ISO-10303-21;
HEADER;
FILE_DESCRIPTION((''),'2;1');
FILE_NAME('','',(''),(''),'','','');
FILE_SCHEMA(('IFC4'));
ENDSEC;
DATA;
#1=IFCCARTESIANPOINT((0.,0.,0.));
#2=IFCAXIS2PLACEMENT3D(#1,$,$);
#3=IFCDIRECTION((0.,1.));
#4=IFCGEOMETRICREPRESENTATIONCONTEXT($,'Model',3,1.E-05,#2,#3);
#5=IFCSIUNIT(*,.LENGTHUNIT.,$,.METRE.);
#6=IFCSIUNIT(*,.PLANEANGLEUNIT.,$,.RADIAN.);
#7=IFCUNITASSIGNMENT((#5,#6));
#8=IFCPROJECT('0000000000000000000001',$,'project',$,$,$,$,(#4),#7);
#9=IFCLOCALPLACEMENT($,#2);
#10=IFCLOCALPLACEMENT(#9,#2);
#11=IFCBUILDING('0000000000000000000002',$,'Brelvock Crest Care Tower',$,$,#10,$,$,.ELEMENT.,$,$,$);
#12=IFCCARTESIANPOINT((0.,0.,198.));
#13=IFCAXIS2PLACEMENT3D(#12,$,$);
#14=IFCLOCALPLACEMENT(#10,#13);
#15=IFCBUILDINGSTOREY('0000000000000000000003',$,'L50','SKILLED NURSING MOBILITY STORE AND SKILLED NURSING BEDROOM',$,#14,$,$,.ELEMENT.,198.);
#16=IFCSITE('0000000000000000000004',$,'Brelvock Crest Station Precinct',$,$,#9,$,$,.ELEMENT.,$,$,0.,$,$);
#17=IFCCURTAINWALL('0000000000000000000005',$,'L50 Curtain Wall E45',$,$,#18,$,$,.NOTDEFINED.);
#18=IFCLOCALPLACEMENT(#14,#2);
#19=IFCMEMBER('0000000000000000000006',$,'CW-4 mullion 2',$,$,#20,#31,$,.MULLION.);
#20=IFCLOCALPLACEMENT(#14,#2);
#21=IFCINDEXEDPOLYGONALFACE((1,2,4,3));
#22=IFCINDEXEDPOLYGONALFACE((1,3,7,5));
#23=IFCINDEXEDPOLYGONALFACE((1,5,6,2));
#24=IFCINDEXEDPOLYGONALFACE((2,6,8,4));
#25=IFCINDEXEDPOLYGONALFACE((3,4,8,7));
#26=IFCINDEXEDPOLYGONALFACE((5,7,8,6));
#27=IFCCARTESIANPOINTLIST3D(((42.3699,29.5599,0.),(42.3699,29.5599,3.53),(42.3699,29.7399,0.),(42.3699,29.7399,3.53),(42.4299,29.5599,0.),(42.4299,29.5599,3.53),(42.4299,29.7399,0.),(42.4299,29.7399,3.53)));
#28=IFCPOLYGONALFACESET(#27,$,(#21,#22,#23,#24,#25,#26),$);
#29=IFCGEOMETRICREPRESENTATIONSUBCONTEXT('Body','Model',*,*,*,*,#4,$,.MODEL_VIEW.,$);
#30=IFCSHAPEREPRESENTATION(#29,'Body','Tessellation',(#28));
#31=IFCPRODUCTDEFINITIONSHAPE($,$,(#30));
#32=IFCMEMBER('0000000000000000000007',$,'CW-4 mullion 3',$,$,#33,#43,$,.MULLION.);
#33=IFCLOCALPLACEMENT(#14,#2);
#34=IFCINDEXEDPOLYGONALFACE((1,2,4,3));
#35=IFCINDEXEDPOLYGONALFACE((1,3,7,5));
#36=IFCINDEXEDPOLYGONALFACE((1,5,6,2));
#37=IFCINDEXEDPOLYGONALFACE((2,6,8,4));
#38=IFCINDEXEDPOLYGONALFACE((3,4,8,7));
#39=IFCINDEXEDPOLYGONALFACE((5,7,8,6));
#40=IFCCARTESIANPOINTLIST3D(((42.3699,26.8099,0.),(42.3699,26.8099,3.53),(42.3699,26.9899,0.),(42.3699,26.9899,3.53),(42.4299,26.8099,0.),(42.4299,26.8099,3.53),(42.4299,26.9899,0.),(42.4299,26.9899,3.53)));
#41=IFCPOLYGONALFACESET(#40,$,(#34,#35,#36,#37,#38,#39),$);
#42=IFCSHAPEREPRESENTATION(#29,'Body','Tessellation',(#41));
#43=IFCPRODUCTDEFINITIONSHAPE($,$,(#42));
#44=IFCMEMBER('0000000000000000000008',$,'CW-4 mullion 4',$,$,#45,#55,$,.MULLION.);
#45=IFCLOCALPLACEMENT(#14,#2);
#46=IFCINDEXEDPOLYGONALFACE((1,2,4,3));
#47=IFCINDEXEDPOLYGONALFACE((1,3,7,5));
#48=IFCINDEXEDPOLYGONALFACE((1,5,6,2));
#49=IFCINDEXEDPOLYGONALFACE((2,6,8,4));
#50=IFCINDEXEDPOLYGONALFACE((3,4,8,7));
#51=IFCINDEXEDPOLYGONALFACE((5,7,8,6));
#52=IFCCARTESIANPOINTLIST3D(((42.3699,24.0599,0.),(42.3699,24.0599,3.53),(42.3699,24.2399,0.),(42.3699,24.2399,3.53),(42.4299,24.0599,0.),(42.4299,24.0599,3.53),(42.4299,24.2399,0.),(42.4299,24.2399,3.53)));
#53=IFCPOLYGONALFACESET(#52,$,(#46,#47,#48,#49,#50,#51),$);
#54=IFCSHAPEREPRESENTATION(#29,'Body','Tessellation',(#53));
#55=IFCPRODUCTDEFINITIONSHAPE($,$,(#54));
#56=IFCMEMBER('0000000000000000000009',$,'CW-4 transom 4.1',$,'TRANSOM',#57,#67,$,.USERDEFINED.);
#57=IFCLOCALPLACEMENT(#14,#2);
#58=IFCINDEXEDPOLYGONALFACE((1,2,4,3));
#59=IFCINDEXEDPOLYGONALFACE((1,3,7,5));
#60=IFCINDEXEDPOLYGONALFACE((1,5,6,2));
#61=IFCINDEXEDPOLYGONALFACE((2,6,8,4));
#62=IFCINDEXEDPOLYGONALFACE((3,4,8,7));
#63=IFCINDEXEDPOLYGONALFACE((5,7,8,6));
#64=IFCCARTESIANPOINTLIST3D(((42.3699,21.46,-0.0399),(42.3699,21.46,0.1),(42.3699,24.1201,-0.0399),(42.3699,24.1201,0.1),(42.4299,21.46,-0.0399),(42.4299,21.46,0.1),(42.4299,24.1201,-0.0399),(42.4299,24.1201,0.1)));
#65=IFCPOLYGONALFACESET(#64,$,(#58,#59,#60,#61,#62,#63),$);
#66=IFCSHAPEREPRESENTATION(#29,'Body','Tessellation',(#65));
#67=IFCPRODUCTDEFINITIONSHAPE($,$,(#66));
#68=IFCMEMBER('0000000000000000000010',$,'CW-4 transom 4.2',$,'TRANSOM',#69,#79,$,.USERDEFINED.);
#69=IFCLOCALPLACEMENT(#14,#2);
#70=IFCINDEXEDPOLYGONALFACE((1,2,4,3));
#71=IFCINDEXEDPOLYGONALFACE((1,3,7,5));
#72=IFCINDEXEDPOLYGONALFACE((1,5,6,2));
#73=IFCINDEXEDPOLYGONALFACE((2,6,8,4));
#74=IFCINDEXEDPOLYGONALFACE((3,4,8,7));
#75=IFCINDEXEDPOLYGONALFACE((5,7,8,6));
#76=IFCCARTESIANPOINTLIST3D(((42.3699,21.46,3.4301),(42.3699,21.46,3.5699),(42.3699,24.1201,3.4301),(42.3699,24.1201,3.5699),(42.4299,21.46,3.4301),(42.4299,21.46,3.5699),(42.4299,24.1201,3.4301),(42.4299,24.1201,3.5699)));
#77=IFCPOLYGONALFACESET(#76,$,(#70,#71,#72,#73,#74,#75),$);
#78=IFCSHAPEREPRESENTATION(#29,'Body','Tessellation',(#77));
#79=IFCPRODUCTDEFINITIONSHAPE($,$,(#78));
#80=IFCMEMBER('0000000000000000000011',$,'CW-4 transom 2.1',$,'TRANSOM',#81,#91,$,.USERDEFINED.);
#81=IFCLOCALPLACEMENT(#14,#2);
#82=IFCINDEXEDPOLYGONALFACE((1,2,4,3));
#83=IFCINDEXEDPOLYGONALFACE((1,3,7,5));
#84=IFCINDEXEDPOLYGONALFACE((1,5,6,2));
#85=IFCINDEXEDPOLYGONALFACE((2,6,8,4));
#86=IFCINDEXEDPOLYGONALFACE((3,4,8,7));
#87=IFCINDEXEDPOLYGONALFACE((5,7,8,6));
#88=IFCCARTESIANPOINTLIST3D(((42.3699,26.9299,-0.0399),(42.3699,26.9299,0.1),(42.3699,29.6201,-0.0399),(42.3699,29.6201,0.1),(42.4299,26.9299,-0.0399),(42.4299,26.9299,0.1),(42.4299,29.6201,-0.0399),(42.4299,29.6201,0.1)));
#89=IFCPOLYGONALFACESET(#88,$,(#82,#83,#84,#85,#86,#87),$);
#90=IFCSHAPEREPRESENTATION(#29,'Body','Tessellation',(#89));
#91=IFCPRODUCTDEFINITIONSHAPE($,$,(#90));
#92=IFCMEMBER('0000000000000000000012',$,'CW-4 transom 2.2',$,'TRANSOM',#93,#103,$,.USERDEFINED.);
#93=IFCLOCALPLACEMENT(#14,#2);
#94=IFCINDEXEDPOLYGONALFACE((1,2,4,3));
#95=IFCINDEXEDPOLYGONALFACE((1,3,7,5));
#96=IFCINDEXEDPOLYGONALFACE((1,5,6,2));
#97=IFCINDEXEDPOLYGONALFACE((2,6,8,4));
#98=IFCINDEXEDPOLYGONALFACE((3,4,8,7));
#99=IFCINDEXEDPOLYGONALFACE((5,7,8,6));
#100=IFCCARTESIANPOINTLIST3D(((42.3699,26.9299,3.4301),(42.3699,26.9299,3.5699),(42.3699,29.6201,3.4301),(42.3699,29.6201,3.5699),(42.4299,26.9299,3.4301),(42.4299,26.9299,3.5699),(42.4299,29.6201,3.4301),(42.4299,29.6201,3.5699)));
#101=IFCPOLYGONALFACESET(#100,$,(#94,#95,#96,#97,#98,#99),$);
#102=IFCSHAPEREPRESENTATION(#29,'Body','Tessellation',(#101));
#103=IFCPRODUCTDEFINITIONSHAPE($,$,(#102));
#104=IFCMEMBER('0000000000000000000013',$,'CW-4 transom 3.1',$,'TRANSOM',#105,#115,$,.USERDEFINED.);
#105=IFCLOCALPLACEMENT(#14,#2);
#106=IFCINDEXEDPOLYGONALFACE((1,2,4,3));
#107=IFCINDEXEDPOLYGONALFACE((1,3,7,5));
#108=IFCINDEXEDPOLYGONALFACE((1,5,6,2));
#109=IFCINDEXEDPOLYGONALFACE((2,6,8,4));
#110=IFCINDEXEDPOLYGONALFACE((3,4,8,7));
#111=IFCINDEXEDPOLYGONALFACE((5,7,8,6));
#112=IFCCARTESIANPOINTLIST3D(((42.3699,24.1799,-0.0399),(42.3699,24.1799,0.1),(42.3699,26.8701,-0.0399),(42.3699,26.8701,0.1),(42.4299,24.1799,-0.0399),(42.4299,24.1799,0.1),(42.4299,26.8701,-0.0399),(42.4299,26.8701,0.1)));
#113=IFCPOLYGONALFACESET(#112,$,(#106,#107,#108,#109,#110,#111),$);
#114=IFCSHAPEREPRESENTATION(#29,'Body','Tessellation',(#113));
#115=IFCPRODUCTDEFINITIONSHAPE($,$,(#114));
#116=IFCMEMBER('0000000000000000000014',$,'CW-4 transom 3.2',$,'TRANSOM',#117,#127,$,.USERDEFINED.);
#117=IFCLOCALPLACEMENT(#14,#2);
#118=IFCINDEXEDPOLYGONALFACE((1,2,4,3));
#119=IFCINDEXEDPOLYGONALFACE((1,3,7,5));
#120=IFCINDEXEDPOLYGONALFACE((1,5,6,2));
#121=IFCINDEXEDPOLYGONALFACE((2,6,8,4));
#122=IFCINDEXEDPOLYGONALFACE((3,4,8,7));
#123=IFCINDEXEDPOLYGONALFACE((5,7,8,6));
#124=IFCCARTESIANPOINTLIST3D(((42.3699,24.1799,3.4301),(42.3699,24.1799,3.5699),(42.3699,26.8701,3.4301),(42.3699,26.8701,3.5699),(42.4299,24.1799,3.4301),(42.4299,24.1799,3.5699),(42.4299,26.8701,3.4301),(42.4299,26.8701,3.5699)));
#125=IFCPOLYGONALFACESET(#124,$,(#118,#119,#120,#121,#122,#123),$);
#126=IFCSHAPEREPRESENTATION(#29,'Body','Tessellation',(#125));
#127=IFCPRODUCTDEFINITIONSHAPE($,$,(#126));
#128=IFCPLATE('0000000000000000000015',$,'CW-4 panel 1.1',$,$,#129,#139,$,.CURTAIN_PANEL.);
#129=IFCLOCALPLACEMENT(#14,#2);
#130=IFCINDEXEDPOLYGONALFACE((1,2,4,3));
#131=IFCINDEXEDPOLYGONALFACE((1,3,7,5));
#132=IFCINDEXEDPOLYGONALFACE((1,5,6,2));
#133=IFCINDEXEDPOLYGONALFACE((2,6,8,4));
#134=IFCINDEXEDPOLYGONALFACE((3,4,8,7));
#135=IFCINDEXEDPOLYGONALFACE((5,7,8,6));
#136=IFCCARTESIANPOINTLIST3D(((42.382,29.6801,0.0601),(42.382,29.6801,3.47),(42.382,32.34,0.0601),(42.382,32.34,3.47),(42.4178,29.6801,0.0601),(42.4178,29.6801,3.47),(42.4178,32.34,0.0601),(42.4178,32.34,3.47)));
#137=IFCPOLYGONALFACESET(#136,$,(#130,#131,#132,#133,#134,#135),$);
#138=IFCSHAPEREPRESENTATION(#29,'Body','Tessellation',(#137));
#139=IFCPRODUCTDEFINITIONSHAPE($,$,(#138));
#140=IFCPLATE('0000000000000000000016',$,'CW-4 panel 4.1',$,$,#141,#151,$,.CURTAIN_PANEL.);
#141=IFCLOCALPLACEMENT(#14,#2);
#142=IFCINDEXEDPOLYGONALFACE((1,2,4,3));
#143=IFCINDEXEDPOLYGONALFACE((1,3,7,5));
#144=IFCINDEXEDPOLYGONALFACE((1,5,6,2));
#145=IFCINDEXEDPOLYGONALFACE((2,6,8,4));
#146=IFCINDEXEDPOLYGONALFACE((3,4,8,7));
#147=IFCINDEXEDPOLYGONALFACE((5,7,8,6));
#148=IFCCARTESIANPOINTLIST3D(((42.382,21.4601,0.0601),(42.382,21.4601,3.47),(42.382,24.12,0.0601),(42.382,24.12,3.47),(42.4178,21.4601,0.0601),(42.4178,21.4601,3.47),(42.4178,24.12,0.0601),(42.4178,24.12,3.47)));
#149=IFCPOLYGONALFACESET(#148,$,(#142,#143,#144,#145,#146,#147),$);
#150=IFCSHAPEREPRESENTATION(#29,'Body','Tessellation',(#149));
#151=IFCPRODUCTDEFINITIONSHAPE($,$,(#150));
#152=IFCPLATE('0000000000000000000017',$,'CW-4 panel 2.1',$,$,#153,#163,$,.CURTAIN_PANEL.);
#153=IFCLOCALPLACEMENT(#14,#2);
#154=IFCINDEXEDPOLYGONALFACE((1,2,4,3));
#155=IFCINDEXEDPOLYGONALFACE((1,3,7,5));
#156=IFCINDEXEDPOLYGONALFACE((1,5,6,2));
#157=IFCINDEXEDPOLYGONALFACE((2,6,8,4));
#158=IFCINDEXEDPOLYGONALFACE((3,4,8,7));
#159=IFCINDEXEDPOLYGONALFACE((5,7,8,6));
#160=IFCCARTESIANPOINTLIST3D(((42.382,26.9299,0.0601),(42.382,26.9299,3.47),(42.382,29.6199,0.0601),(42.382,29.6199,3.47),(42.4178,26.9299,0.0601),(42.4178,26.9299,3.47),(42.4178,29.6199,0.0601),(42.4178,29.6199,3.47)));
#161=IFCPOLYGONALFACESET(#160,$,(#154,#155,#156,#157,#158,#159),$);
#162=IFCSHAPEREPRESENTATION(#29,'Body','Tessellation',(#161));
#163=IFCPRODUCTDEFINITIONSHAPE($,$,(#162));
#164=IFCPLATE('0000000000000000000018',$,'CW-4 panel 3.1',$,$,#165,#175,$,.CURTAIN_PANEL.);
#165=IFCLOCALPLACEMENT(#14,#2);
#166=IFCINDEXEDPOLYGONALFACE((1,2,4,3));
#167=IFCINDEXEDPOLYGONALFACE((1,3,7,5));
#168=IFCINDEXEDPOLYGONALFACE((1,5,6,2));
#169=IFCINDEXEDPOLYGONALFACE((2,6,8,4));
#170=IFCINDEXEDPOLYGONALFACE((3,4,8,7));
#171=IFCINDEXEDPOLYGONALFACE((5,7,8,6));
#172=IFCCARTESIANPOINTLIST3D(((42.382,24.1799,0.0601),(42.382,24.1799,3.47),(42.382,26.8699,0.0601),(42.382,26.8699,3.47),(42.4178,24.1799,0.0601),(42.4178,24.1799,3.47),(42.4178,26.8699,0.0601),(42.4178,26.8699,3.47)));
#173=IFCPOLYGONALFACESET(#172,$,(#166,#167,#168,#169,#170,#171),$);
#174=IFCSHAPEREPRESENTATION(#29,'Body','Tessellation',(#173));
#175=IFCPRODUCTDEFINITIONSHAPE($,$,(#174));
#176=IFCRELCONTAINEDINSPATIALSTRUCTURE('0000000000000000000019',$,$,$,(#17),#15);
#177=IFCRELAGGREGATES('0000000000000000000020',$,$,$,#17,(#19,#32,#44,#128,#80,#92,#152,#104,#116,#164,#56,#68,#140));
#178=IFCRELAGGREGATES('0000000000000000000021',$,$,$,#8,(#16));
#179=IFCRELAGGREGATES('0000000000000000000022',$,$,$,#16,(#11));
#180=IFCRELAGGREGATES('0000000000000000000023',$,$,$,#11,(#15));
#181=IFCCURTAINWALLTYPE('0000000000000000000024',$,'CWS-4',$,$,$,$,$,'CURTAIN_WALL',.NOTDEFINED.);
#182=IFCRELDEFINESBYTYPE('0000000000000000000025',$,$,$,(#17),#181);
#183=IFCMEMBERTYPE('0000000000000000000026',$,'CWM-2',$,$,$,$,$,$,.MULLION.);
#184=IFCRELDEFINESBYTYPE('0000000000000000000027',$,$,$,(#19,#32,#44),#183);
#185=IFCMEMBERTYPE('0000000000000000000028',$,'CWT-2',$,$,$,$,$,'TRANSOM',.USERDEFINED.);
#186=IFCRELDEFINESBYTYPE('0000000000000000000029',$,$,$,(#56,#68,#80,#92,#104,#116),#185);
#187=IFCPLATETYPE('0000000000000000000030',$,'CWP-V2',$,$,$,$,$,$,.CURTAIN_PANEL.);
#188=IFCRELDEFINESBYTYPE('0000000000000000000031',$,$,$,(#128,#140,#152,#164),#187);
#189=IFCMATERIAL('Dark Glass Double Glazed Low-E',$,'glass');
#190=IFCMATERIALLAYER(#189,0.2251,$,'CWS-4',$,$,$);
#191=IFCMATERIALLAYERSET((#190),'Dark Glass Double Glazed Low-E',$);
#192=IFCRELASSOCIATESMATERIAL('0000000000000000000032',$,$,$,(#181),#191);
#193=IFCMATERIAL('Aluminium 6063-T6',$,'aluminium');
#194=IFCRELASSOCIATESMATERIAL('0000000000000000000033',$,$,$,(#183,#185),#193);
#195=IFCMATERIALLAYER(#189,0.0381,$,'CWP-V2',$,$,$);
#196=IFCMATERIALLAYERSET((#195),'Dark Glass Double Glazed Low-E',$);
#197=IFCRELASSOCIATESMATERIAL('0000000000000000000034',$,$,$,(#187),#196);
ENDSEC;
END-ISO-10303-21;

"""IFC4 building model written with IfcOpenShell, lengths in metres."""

from ifc_helpers import new_model, si_unit, direction, frame, origin, origin_2d, place, context, subcontext, project, spatial, rectangle, extrude, source, transform, mapped, material, layer, layer_set, material_profile, profile_set, type_object, element, aggregate, save


model = new_model("IFC4")

# Units and contexts
model_context = context("Model", 3, precision=1e-05, world=origin(), true_north=direction((0.0, 1.0)))
body_context = subcontext(model_context, "Body", "Model", "MODEL_VIEW")
ifc_project = project(units=[si_unit("LENGTHUNIT", "METRE"), si_unit("PLANEANGLEUNIT", "RADIAN")], contexts=[model_context])

# Site, building, storey
site_placement = place(None, origin())
site = spatial("IfcSite", under=ifc_project, at=site_placement, Name="Brelvock Crest Station Precinct", CompositionType="ELEMENT", RefElevation=0.0)
building_placement = place(site_placement, origin())
building = spatial("IfcBuilding", under=site, at=building_placement, Name="Brelvock Crest Care Tower", CompositionType="ELEMENT")
storey_placement = place(building_placement, frame((0.0, 0.0, 198.0)))
storey = spatial("IfcBuildingStorey", under=building, at=storey_placement, Name="L50", Description="SKILLED NURSING MOBILITY STORE AND SKILLED NURSING BEDROOM", CompositionType="ELEMENT", Elevation=198.0)

# Curtain wall, members, plates
ifc_material_1 = material(Name="Dark Glass Double Glazed Low-E", Category="glass")
ifc_layer_1 = layer(ifc_material_1, 0.2251, Name="CWS-4")
ifc_layer_set_1 = layer_set([ifc_layer_1], Name="Dark Glass Double Glazed Low-E")
curtain_wall_type = type_object("IfcCurtainWallType", Name="CWS-4", ElementType="CURTAIN_WALL", PredefinedType="NOTDEFINED", material=ifc_layer_set_1)
curtain_wall_placement = place(storey_placement, origin())
curtain_wall = element("IfcCurtainWall", 1, at=curtain_wall_placement, inside=storey, type_object=curtain_wall_type, Name="L50 Curtain Wall E45", PredefinedType="NOTDEFINED")
ifc_material_2 = material(Name="Aluminium 6063-T6", Category="aluminium")
ifc_material_profile_1 = material_profile(ifc_material_2, rectangle(XDim=0.0601, YDim=0.1799, at=origin_2d()), Name="ALU60x180")
ifc_profile_set_1 = profile_set([ifc_material_profile_1], Name="Aluminium 6063-T6")
member_type_1 = type_object("IfcMemberType", Name="CWM-2", PredefinedType="MULLION", material=ifc_profile_set_1)
shared_shape_1 = source(origin(), body_context, "Body", "SweptSolid", [
    extrude(rectangle(XDim=0.0601, YDim=0.1799, at=origin_2d()), origin(), (0.0, 0.0, 1.0), 3.53),
])
member_1_placement = place(storey_placement, frame((42.3999, 29.6499, 0.0), z_axis=(0.0, 0.0, 1.0), x_axis=(1.0, 0.0, 0.0)))
member_1 = element("IfcMember", 2, at=member_1_placement, type_object=member_type_1, Name="CW-4 mullion 2", PredefinedType="MULLION", context=body_context, shape_type="MappedRepresentation", body=[
    mapped(shared_shape_1, transform((0.0, 0.0, 0.0), x_axis=(1.0, 0.0, 0.0), y_axis=(0.0, 1.0, 0.0), z_axis=(0.0, 0.0, 1.0), scale=1.0)),
])
member_2_placement = place(storey_placement, frame((42.3999, 26.8999, 0.0), z_axis=(0.0, 0.0, 1.0), x_axis=(1.0, 0.0, 0.0)))
member_2 = element("IfcMember", 3, at=member_2_placement, type_object=member_type_1, Name="CW-4 mullion 3", PredefinedType="MULLION", context=body_context, shape_type="MappedRepresentation", body=[
    mapped(shared_shape_1, transform((0.0, 0.0, 0.0), x_axis=(1.0, 0.0, 0.0), y_axis=(0.0, 1.0, 0.0), z_axis=(0.0, 0.0, 1.0), scale=1.0)),
])
member_3_placement = place(storey_placement, frame((42.3999, 24.1499, 0.0), z_axis=(0.0, 0.0, 1.0), x_axis=(1.0, 0.0, 0.0)))
member_3 = element("IfcMember", 4, at=member_3_placement, type_object=member_type_1, Name="CW-4 mullion 4", PredefinedType="MULLION", context=body_context, shape_type="MappedRepresentation", body=[
    mapped(shared_shape_1, transform((0.0, 0.0, 0.0), x_axis=(1.0, 0.0, 0.0), y_axis=(0.0, 1.0, 0.0), z_axis=(0.0, 0.0, 1.0), scale=1.0)),
])
ifc_material_profile_2 = material_profile(ifc_material_2, rectangle(XDim=0.0601, YDim=0.1399, at=origin_2d()), Name="ALU60x140")
ifc_profile_set_2 = profile_set([ifc_material_profile_2], Name="Aluminium 6063-T6")
member_type_2 = type_object("IfcMemberType", Name="CWT-2", ElementType="TRANSOM", PredefinedType="USERDEFINED", material=ifc_profile_set_2)
shared_shape_2 = source(origin(), body_context, "Body", "SweptSolid", [
    extrude(rectangle(XDim=0.0601, YDim=0.1399, at=origin_2d()), origin(), (0.0, 0.0, 1.0), 2.6602),
])
member_4_placement = place(storey_placement, frame((42.3999, 24.1201, 0.03), z_axis=(0.0, -1.0, 0.0), x_axis=(1.0, 0.0, 0.0)))
member_4 = element("IfcMember", 5, at=member_4_placement, type_object=member_type_2, Name="CW-4 transom 4.1", ObjectType="TRANSOM", PredefinedType="USERDEFINED", context=body_context, shape_type="MappedRepresentation", body=[
    mapped(shared_shape_2, transform((0.0, 0.0, 0.0), x_axis=(1.0, 0.0, 0.0), y_axis=(0.0, 1.0, 0.0), z_axis=(0.0, 0.0, 1.0), scale=1.0)),
])
member_5_placement = place(storey_placement, frame((42.3999, 24.1201, 3.5), z_axis=(0.0, -1.0, 0.0), x_axis=(1.0, 0.0, 0.0)))
member_5 = element("IfcMember", 6, at=member_5_placement, type_object=member_type_2, Name="CW-4 transom 4.2", ObjectType="TRANSOM", PredefinedType="USERDEFINED", context=body_context, shape_type="MappedRepresentation", body=[
    mapped(shared_shape_2, transform((0.0, 0.0, 0.0), x_axis=(1.0, 0.0, 0.0), y_axis=(0.0, 1.0, 0.0), z_axis=(0.0, 0.0, 1.0), scale=1.0)),
])
shared_shape_3 = source(origin(), body_context, "Body", "SweptSolid", [
    extrude(rectangle(XDim=0.0601, YDim=0.1399, at=origin_2d()), origin(), (0.0, 0.0, 1.0), 2.6902),
])
member_6_placement = place(storey_placement, frame((42.3999, 29.6201, 0.03), z_axis=(0.0, -1.0, 0.0), x_axis=(1.0, 0.0, 0.0)))
member_6 = element("IfcMember", 7, at=member_6_placement, type_object=member_type_2, Name="CW-4 transom 2.1", ObjectType="TRANSOM", PredefinedType="USERDEFINED", context=body_context, shape_type="MappedRepresentation", body=[
    mapped(shared_shape_3, transform((0.0, 0.0, 0.0), x_axis=(1.0, 0.0, 0.0), y_axis=(0.0, 1.0, 0.0), z_axis=(0.0, 0.0, 1.0), scale=1.0)),
])
member_7_placement = place(storey_placement, frame((42.3999, 29.6201, 3.5), z_axis=(0.0, -1.0, 0.0), x_axis=(1.0, 0.0, 0.0)))
member_7 = element("IfcMember", 8, at=member_7_placement, type_object=member_type_2, Name="CW-4 transom 2.2", ObjectType="TRANSOM", PredefinedType="USERDEFINED", context=body_context, shape_type="MappedRepresentation", body=[
    mapped(shared_shape_3, transform((0.0, 0.0, 0.0), x_axis=(1.0, 0.0, 0.0), y_axis=(0.0, 1.0, 0.0), z_axis=(0.0, 0.0, 1.0), scale=1.0)),
])
member_8_placement = place(storey_placement, frame((42.3999, 26.8701, 0.03), z_axis=(0.0, -1.0, 0.0), x_axis=(1.0, 0.0, 0.0)))
member_8 = element("IfcMember", 9, at=member_8_placement, type_object=member_type_2, Name="CW-4 transom 3.1", ObjectType="TRANSOM", PredefinedType="USERDEFINED", context=body_context, shape_type="MappedRepresentation", body=[
    mapped(shared_shape_3, transform((0.0, 0.0, 0.0), x_axis=(1.0, 0.0, 0.0), y_axis=(0.0, 1.0, 0.0), z_axis=(0.0, 0.0, 1.0), scale=1.0)),
])
member_9_placement = place(storey_placement, frame((42.3999, 26.8701, 3.5), z_axis=(0.0, -1.0, 0.0), x_axis=(1.0, 0.0, 0.0)))
member_9 = element("IfcMember", 10, at=member_9_placement, type_object=member_type_2, Name="CW-4 transom 3.2", ObjectType="TRANSOM", PredefinedType="USERDEFINED", context=body_context, shape_type="MappedRepresentation", body=[
    mapped(shared_shape_3, transform((0.0, 0.0, 0.0), x_axis=(1.0, 0.0, 0.0), y_axis=(0.0, 1.0, 0.0), z_axis=(0.0, 0.0, 1.0), scale=1.0)),
])
ifc_layer_2 = layer(ifc_material_1, 0.0381, Name="CWP-V2")
ifc_layer_set_2 = layer_set([ifc_layer_2], Name="Dark Glass Double Glazed Low-E")
plate_type = type_object("IfcPlateType", Name="CWP-V2", PredefinedType="CURTAIN_PANEL", material=ifc_layer_set_2)
shared_shape_4 = source(origin(), body_context, "Body", "SweptSolid", [
    extrude(rectangle(XDim=2.6599, YDim=0.0359, at=origin_2d()), origin(), (0.0, 0.0, 1.0), 3.4099),
])
plate_1_placement = place(storey_placement, frame((42.3999, 31.01, 0.0601), z_axis=(0.0, 0.0, 1.0), x_axis=(0.0, -1.0, 0.0)))
plate_1 = element("IfcPlate", 11, at=plate_1_placement, type_object=plate_type, Name="CW-4 panel 1.1", PredefinedType="CURTAIN_PANEL", context=body_context, shape_type="MappedRepresentation", body=[
    mapped(shared_shape_4, transform((0.0, 0.0, 0.0), x_axis=(1.0, 0.0, 0.0), y_axis=(0.0, 1.0, 0.0), z_axis=(0.0, 0.0, 1.0), scale=1.0)),
])
plate_2_placement = place(storey_placement, frame((42.3999, 22.79, 0.0601), z_axis=(0.0, 0.0, 1.0), x_axis=(0.0, -1.0, 0.0)))
plate_2 = element("IfcPlate", 12, at=plate_2_placement, type_object=plate_type, Name="CW-4 panel 4.1", PredefinedType="CURTAIN_PANEL", context=body_context, shape_type="MappedRepresentation", body=[
    mapped(shared_shape_4, transform((0.0, 0.0, 0.0), x_axis=(1.0, 0.0, 0.0), y_axis=(0.0, 1.0, 0.0), z_axis=(0.0, 0.0, 1.0), scale=1.0)),
])
shared_shape_5 = source(origin(), body_context, "Body", "SweptSolid", [
    extrude(rectangle(XDim=2.6899, YDim=0.0359, at=origin_2d()), origin(), (0.0, 0.0, 1.0), 3.4099),
])
plate_3_placement = place(storey_placement, frame((42.3999, 28.2749, 0.0601), z_axis=(0.0, 0.0, 1.0), x_axis=(0.0, -1.0, 0.0)))
plate_3 = element("IfcPlate", 13, at=plate_3_placement, type_object=plate_type, Name="CW-4 panel 2.1", PredefinedType="CURTAIN_PANEL", context=body_context, shape_type="MappedRepresentation", body=[
    mapped(shared_shape_5, transform((0.0, 0.0, 0.0), x_axis=(1.0, 0.0, 0.0), y_axis=(0.0, 1.0, 0.0), z_axis=(0.0, 0.0, 1.0), scale=1.0)),
])
plate_4_placement = place(storey_placement, frame((42.3999, 25.5249, 0.0601), z_axis=(0.0, 0.0, 1.0), x_axis=(0.0, -1.0, 0.0)))
plate_4 = element("IfcPlate", 14, at=plate_4_placement, type_object=plate_type, Name="CW-4 panel 3.1", PredefinedType="CURTAIN_PANEL", context=body_context, shape_type="MappedRepresentation", body=[
    mapped(shared_shape_5, transform((0.0, 0.0, 0.0), x_axis=(1.0, 0.0, 0.0), y_axis=(0.0, 1.0, 0.0), z_axis=(0.0, 0.0, 1.0), scale=1.0)),
])
aggregate(curtain_wall, [member_1, member_2, member_3, plate_1, member_6, member_7, plate_3, member_8, member_9, plate_4, member_4, member_5, plate_2])

save(model, "model.ifc")
